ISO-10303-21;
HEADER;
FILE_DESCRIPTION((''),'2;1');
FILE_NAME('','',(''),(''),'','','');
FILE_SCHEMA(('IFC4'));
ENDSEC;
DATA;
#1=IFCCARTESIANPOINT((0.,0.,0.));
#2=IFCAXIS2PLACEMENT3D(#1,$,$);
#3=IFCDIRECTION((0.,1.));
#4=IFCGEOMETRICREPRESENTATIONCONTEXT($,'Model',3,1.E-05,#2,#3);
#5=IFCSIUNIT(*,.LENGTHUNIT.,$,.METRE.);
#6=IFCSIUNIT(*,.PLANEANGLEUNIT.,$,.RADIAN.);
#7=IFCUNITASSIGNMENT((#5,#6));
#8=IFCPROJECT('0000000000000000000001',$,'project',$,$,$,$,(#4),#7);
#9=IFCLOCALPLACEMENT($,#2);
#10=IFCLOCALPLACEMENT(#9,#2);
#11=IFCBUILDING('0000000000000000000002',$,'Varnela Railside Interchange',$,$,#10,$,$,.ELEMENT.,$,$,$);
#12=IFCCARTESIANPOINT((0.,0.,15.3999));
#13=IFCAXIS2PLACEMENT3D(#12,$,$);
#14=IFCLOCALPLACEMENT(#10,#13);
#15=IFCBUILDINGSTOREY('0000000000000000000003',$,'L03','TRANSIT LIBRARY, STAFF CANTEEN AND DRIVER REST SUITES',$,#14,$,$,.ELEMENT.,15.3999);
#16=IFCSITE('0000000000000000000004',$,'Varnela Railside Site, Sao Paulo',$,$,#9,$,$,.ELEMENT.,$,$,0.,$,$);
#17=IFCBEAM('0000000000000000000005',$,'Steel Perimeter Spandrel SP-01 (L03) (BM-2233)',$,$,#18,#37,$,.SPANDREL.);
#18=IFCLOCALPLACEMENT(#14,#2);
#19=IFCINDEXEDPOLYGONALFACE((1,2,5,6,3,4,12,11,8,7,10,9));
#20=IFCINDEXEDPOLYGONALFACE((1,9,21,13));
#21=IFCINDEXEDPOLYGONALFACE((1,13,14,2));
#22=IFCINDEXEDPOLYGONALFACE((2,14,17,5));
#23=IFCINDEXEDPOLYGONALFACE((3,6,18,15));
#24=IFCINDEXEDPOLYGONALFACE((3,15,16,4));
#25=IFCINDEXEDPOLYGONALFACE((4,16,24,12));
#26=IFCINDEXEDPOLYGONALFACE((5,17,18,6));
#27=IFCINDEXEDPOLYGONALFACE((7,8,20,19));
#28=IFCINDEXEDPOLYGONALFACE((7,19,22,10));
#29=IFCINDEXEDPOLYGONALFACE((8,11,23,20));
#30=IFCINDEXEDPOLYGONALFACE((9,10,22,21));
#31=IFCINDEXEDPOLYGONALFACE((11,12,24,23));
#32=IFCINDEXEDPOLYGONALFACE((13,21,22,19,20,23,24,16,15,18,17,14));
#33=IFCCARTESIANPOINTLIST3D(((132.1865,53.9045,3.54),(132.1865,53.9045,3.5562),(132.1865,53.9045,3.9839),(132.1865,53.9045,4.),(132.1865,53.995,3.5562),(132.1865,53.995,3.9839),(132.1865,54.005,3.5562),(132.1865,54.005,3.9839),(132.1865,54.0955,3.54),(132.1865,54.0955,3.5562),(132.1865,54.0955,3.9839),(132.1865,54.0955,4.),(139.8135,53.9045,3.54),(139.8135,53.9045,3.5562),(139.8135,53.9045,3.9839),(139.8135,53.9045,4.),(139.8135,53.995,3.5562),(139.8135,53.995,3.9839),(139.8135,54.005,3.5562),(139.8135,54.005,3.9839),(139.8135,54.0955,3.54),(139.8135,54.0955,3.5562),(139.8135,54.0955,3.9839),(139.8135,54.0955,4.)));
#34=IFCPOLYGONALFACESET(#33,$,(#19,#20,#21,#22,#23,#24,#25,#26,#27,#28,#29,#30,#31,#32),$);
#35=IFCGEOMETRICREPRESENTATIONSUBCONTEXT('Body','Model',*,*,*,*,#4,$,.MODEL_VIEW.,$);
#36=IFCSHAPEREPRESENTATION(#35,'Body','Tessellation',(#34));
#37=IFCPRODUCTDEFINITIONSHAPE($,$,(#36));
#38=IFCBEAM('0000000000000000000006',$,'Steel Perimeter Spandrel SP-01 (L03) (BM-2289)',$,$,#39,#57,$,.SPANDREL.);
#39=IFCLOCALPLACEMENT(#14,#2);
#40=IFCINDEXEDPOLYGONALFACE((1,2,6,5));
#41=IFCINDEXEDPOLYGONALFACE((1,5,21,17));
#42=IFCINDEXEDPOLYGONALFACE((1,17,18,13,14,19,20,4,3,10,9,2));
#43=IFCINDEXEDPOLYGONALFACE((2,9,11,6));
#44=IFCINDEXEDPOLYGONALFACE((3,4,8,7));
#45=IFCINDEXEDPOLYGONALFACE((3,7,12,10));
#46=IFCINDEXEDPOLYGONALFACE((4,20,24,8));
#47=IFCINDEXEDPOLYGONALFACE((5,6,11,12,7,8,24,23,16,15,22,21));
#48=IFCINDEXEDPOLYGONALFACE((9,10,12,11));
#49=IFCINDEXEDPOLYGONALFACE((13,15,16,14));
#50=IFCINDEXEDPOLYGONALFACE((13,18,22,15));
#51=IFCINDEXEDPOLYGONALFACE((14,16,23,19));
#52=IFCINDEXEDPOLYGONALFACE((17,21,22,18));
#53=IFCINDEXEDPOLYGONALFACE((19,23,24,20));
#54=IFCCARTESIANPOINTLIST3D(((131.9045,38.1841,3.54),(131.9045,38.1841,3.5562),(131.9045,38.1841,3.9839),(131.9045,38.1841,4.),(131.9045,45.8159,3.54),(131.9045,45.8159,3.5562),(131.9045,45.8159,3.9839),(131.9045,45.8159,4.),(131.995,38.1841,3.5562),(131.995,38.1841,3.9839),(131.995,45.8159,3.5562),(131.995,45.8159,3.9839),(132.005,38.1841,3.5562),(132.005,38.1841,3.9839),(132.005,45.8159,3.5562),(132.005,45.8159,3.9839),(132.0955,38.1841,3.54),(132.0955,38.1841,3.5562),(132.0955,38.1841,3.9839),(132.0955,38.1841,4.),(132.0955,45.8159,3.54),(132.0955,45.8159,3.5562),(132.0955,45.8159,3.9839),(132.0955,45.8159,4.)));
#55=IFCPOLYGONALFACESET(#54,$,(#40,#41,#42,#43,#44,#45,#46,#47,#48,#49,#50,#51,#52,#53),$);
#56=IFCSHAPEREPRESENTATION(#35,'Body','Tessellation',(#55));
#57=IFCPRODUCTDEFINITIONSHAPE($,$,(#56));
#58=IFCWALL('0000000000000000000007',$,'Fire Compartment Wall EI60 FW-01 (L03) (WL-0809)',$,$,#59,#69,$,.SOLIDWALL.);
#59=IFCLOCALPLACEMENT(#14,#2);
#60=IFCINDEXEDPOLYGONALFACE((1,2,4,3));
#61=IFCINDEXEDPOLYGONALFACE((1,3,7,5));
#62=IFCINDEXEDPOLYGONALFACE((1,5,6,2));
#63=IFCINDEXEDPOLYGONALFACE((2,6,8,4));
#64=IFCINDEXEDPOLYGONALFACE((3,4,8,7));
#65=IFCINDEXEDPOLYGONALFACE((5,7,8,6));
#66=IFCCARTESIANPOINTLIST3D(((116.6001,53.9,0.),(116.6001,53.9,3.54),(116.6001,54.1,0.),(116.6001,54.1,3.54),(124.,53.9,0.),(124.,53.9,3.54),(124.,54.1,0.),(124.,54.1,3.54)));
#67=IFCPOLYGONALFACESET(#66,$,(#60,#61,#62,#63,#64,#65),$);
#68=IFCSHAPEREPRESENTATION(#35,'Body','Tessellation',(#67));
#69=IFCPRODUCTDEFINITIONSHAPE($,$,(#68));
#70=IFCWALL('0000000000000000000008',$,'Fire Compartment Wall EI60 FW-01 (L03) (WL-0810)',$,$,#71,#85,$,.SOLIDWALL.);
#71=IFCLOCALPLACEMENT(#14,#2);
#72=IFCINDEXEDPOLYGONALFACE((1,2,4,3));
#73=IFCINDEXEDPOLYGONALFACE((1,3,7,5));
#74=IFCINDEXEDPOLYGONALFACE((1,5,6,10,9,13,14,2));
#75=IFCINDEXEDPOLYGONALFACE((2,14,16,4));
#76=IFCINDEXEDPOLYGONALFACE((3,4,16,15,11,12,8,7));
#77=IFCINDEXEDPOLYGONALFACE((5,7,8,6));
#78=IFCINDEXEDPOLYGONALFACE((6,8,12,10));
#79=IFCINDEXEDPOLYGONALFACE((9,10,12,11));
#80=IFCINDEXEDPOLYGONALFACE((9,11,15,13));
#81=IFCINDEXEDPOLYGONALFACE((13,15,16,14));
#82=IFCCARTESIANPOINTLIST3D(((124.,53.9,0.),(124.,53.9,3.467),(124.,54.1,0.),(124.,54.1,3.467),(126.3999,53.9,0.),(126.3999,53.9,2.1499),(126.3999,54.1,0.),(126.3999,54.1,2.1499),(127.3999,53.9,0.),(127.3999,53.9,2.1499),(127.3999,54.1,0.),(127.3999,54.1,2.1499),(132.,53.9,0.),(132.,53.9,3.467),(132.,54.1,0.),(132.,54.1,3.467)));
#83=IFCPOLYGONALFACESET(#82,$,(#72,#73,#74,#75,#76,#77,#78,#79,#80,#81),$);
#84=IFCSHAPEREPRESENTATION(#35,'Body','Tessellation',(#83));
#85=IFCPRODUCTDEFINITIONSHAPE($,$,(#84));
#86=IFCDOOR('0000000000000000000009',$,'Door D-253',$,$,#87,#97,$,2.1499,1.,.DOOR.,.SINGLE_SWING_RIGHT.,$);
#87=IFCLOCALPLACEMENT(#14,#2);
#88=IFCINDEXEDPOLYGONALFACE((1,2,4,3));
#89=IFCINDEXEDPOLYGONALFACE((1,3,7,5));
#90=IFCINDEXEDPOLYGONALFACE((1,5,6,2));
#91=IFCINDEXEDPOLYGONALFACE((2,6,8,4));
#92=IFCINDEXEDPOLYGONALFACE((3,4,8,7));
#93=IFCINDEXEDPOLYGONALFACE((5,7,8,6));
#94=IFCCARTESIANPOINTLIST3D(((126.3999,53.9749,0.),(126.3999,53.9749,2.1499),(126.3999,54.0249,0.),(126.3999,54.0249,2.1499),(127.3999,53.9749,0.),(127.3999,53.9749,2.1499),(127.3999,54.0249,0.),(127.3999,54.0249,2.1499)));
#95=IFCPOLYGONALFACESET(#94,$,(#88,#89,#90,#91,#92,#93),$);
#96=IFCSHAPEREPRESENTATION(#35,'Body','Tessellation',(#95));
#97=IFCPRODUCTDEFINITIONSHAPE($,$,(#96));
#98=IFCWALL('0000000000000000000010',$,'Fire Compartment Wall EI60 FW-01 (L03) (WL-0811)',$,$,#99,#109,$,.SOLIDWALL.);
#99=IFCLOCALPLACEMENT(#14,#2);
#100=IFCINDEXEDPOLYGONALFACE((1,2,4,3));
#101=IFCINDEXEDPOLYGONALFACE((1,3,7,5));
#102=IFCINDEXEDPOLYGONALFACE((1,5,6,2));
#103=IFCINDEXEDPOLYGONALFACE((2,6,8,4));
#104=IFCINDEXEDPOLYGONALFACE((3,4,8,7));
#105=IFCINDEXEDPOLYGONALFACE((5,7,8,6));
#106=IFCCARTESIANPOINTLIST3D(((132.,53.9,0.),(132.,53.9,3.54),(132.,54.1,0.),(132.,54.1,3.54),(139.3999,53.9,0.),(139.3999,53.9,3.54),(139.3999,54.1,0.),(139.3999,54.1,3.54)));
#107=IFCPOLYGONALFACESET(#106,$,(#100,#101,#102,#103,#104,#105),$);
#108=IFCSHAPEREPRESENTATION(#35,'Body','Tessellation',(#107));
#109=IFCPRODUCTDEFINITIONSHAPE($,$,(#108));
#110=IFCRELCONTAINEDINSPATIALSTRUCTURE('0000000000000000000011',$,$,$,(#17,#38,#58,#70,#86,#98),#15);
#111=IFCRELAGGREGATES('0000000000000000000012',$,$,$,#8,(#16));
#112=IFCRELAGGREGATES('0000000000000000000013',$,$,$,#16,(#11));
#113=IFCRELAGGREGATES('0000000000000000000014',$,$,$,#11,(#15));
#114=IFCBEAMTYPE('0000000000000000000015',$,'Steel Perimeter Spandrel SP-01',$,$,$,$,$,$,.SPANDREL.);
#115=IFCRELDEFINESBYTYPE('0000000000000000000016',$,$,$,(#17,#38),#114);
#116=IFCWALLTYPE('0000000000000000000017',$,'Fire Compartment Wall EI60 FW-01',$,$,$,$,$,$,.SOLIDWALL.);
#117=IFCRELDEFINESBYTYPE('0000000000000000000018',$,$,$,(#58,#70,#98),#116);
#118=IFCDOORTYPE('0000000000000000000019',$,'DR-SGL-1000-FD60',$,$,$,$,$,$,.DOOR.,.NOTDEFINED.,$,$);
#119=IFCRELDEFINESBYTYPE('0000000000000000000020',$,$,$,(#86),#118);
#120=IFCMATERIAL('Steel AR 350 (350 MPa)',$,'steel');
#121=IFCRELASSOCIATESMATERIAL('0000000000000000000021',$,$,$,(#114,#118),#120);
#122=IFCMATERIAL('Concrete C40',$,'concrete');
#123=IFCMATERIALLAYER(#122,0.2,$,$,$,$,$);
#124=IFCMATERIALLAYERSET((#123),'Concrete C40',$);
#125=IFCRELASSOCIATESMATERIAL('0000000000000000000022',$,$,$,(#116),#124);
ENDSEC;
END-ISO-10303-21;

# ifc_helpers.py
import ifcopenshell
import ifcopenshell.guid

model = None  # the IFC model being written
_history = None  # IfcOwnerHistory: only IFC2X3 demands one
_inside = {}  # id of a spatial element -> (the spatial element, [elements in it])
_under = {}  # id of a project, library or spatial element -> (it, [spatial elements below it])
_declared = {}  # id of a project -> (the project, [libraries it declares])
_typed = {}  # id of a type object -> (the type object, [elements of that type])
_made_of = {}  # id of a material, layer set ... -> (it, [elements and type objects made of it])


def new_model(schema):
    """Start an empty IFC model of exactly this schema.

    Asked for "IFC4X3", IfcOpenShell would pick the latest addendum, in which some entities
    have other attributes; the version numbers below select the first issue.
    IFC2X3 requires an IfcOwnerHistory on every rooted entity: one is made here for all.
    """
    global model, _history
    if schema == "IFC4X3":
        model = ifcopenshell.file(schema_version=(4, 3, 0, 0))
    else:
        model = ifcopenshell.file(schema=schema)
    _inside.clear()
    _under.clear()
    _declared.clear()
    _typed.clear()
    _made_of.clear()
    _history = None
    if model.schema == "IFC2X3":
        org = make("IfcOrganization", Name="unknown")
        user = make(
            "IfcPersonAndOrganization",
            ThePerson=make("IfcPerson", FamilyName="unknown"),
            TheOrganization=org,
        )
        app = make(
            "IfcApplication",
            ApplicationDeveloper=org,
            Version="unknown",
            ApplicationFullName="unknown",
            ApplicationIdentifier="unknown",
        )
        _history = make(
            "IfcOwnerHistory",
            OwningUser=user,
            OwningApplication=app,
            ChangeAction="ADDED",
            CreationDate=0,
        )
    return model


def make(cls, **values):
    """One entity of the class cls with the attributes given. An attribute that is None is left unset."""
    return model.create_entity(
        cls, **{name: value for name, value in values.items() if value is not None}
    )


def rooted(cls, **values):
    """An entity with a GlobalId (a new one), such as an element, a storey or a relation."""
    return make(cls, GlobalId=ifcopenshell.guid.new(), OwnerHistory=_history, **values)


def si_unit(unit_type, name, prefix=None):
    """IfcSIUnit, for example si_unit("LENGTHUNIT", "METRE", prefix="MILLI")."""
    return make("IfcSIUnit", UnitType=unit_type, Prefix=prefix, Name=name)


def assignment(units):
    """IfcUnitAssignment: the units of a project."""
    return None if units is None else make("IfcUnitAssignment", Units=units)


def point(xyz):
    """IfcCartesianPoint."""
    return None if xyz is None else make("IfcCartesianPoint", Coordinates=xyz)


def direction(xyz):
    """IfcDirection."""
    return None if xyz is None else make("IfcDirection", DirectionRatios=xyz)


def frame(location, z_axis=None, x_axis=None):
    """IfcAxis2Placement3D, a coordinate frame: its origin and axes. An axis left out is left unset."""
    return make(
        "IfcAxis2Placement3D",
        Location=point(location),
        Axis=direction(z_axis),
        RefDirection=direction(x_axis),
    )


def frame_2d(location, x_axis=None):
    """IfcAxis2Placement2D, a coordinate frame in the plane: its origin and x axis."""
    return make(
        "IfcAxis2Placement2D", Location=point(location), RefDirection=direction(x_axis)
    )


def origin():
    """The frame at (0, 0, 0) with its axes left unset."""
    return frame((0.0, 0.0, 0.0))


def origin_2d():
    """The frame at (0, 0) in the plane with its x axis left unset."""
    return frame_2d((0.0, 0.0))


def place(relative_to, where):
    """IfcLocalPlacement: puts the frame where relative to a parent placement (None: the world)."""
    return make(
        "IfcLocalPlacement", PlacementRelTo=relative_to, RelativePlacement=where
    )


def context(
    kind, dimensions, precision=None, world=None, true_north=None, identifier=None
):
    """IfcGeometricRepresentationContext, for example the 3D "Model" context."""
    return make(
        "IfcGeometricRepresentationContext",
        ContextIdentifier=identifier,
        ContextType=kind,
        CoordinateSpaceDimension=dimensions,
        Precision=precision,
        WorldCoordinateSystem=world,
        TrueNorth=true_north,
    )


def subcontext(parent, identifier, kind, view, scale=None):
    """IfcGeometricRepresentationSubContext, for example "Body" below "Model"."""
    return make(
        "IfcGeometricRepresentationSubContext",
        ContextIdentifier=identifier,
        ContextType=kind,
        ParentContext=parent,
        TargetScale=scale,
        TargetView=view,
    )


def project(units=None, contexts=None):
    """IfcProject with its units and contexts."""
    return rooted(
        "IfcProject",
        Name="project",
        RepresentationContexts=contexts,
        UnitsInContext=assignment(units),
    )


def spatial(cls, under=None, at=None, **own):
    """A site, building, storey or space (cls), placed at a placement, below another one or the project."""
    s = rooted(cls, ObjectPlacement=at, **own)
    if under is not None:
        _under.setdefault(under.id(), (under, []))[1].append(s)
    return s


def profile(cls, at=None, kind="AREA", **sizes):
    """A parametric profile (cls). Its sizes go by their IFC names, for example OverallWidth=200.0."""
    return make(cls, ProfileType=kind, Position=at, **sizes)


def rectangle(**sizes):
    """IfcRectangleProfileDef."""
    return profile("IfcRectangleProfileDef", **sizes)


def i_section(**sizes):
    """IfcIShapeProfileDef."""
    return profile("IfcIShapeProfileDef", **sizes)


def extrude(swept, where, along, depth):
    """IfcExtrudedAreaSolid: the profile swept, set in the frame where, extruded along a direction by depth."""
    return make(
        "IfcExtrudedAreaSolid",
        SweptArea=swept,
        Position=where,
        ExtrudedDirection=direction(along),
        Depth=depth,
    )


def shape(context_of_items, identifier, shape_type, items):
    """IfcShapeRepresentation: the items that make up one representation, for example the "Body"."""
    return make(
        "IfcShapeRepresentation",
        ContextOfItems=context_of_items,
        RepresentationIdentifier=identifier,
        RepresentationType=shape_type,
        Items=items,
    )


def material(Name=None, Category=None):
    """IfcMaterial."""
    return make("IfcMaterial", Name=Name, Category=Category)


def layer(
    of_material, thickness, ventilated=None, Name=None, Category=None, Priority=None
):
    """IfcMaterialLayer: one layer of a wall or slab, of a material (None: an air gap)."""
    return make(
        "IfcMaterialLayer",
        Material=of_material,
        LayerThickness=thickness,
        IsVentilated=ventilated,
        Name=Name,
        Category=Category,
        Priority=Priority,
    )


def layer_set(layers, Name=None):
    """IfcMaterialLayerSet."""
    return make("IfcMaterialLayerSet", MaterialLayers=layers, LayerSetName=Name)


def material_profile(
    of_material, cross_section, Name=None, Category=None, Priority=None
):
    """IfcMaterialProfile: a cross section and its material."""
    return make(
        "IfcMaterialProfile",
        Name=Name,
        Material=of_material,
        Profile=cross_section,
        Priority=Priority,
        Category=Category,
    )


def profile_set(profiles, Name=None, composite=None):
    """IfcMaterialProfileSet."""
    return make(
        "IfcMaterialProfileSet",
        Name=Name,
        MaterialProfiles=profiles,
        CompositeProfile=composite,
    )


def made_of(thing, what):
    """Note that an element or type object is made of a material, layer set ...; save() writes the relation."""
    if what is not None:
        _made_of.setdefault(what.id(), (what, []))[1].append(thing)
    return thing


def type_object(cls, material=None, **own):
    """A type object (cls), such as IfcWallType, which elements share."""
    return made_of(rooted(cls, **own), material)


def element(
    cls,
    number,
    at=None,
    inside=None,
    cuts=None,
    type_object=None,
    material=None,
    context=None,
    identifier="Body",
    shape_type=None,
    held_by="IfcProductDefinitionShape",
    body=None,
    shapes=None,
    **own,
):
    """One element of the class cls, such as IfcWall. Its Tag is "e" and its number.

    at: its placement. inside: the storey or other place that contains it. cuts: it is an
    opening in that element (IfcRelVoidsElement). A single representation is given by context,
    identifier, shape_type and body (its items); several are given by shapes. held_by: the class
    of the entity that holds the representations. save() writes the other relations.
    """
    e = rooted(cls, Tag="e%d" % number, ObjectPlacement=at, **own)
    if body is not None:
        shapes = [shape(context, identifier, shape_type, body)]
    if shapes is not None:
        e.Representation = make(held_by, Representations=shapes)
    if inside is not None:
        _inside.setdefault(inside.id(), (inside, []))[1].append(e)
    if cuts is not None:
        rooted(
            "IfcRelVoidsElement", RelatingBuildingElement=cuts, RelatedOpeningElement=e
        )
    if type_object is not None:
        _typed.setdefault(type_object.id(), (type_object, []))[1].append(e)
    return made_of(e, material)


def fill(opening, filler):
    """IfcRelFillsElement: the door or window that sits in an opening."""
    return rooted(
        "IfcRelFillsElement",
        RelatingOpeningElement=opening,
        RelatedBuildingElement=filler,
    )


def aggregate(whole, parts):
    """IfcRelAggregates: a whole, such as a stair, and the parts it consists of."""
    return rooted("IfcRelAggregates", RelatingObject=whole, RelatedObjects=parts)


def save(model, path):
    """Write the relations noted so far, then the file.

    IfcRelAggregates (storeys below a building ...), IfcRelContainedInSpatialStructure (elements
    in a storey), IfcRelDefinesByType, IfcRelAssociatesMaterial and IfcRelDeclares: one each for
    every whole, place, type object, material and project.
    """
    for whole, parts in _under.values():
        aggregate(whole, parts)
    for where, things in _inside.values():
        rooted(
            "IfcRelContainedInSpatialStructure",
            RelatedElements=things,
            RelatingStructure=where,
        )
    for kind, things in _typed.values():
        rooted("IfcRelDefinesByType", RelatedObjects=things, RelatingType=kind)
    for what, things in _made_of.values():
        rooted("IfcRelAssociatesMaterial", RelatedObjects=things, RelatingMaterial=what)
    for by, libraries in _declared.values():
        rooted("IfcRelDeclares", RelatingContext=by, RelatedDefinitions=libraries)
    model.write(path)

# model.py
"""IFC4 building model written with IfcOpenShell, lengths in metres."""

from ifc_helpers import new_model, si_unit, direction, frame, frame_2d, origin, origin_2d, place, context, subcontext, project, spatial, rectangle, i_section, extrude, material, layer, layer_set, material_profile, profile_set, type_object, element, fill, save


model = new_model("IFC4")

# Units and contexts
model_context = context("Model", 3, precision=1e-05, world=origin(), true_north=direction((0.0, 1.0)))
body_context = subcontext(model_context, "Body", "Model", "MODEL_VIEW")
ifc_project = project(units=[si_unit("LENGTHUNIT", "METRE"), si_unit("PLANEANGLEUNIT", "RADIAN")], contexts=[model_context])

# Site, building, storey
site_placement = place(None, origin())
site = spatial("IfcSite", under=ifc_project, at=site_placement, Name="Varnela Railside Site, Sao Paulo", CompositionType="ELEMENT", RefElevation=0.0)
building_placement = place(site_placement, origin())
building = spatial("IfcBuilding", under=site, at=building_placement, Name="Varnela Railside Interchange", CompositionType="ELEMENT")
storey_placement = place(building_placement, frame((0.0, 0.0, 15.3999)))
storey = spatial("IfcBuildingStorey", under=building, at=storey_placement, Name="L03", Description="TRANSIT LIBRARY, STAFF CANTEEN AND DRIVER REST SUITES", CompositionType="ELEMENT", Elevation=15.3999)

# Shared definitions
ifc_material_1 = material(Name="Steel AR 350 (350 MPa)", Category="steel")

# Beams
ifc_material_profile_1 = material_profile(ifc_material_1, i_section(OverallWidth=0.1909, OverallDepth=0.46, WebThickness=0.01, FlangeThickness=0.0161, at=origin_2d()), Name="W460x82")
ifc_profile_set_1 = profile_set([ifc_material_profile_1], Name="Steel AR 350 (350 MPa)")
beam_type_1 = type_object("IfcBeamType", Name="Steel Perimeter Spandrel SP-01", PredefinedType="SPANDREL", material=ifc_profile_set_1)
for number, where, z_axis, x_axis, name in (
    (1, (132.1865, 54.0, 3.77), (1.0, 0.0, 0.0), (0.0, 1.0, 0.0), "Steel Perimeter Spandrel SP-01 (L03) (BM-2233)"),
):
    element("IfcBeam", number, at=place(storey_placement, frame(where, z_axis=z_axis, x_axis=x_axis)), inside=storey, type_object=beam_type_1, Name=name, PredefinedType="SPANDREL", context=body_context, shape_type="SweptSolid", body=[
        extrude(i_section(OverallWidth=0.1909, OverallDepth=0.46, WebThickness=0.01, FlangeThickness=0.0161, at=origin_2d()), origin(), (0.0, 0.0, 1.0), 7.627),
    ])
beam_placement = place(storey_placement, frame((132.0, 38.1841, 3.77), z_axis=(0.0, 1.0, 0.0), x_axis=(-1.0, 0.0, 0.0)))
element("IfcBeam", 2, at=beam_placement, inside=storey, type_object=beam_type_1, Name="Steel Perimeter Spandrel SP-01 (L03) (BM-2289)", PredefinedType="SPANDREL", context=body_context, shape_type="SweptSolid", body=[
    extrude(i_section(OverallWidth=0.1909, OverallDepth=0.46, WebThickness=0.01, FlangeThickness=0.0161, at=origin_2d()), origin(), (0.0, 0.0, 1.0), 7.6318),
])

# Wall
ifc_material_2 = material(Name="Concrete C40", Category="concrete")
ifc_layer = layer(ifc_material_2, 0.2)
ifc_layer_set = layer_set([ifc_layer], Name="Concrete C40")
wall_type = type_object("IfcWallType", Name="Fire Compartment Wall EI60 FW-01", PredefinedType="SOLIDWALL", material=ifc_layer_set)
wall_1_placement = place(storey_placement, frame((116.6001, 54.0, 0.0), z_axis=(0.0, 0.0, 1.0), x_axis=(1.0, 0.0, 0.0)))
element("IfcWall", 3, at=wall_1_placement, inside=storey, type_object=wall_type, Name="Fire Compartment Wall EI60 FW-01 (L03) (WL-0809)", PredefinedType="SOLIDWALL", context=body_context, shape_type="SweptSolid", body=[
    extrude(rectangle(XDim=7.3999, YDim=0.2, at=frame_2d((3.7, 0.0))), origin(), (0.0, 0.0, 1.0), 3.54),
])

# Wall, opening, door
wall_2_placement = place(storey_placement, frame((124.0, 54.0, 0.0), z_axis=(0.0, 0.0, 1.0), x_axis=(1.0, 0.0, 0.0)))
wall_2 = element("IfcWall", 4, at=wall_2_placement, inside=storey, type_object=wall_type, Name="Fire Compartment Wall EI60 FW-01 (L03) (WL-0810)", PredefinedType="SOLIDWALL", context=body_context, shape_type="SweptSolid", body=[
    extrude(rectangle(XDim=8.0, YDim=0.2, at=frame_2d((4.0, 0.0))), origin(), (0.0, 0.0, 1.0), 3.467),
])
opening_placement = place(wall_2_placement, frame((2.3999, 0.0, 0.0)))
opening = element("IfcOpeningElement", 5, at=opening_placement, cuts=wall_2, PredefinedType="OPENING", context=body_context, shape_type="SweptSolid", body=[
    extrude(rectangle(XDim=1.0, YDim=2.1499, at=frame_2d((0.5, 1.075))), frame((0.0, 0.1099, 0.0), z_axis=(0.0, -1.0, 0.0), x_axis=(1.0, 0.0, 0.0)), (0.0, 0.0, 1.0), 0.22),
])
door_type = type_object("IfcDoorType", Name="DR-SGL-1000-FD60", OperationType="NOTDEFINED", PredefinedType="DOOR", material=ifc_material_1)
door_placement = place(opening_placement, origin())
door = element("IfcDoor", 6, at=door_placement, inside=storey, type_object=door_type, Name="Door D-253", OperationType="SINGLE_SWING_RIGHT", OverallHeight=2.1499, OverallWidth=1.0, PredefinedType="DOOR", context=body_context, shape_type="SweptSolid", body=[
    extrude(rectangle(XDim=1.0, YDim=2.1499, at=frame_2d((0.5, 1.075))), frame((0.0, 0.0249, 0.0), z_axis=(0.0, -1.0, 0.0), x_axis=(1.0, 0.0, 0.0)), (0.0, 0.0, 1.0), 0.05),
])
fill(opening, door)

# Wall
wall_3_placement = place(storey_placement, frame((132.0, 54.0, 0.0), z_axis=(0.0, 0.0, 1.0), x_axis=(1.0, 0.0, 0.0)))
element("IfcWall", 7, at=wall_3_placement, inside=storey, type_object=wall_type, Name="Fire Compartment Wall EI60 FW-01 (L03) (WL-0811)", PredefinedType="SOLIDWALL", context=body_context, shape_type="SweptSolid", body=[
    extrude(rectangle(XDim=7.3999, YDim=0.2, at=frame_2d((3.7, 0.0))), origin(), (0.0, 0.0, 1.0), 3.54),
])

save(model, "model.ifc")
